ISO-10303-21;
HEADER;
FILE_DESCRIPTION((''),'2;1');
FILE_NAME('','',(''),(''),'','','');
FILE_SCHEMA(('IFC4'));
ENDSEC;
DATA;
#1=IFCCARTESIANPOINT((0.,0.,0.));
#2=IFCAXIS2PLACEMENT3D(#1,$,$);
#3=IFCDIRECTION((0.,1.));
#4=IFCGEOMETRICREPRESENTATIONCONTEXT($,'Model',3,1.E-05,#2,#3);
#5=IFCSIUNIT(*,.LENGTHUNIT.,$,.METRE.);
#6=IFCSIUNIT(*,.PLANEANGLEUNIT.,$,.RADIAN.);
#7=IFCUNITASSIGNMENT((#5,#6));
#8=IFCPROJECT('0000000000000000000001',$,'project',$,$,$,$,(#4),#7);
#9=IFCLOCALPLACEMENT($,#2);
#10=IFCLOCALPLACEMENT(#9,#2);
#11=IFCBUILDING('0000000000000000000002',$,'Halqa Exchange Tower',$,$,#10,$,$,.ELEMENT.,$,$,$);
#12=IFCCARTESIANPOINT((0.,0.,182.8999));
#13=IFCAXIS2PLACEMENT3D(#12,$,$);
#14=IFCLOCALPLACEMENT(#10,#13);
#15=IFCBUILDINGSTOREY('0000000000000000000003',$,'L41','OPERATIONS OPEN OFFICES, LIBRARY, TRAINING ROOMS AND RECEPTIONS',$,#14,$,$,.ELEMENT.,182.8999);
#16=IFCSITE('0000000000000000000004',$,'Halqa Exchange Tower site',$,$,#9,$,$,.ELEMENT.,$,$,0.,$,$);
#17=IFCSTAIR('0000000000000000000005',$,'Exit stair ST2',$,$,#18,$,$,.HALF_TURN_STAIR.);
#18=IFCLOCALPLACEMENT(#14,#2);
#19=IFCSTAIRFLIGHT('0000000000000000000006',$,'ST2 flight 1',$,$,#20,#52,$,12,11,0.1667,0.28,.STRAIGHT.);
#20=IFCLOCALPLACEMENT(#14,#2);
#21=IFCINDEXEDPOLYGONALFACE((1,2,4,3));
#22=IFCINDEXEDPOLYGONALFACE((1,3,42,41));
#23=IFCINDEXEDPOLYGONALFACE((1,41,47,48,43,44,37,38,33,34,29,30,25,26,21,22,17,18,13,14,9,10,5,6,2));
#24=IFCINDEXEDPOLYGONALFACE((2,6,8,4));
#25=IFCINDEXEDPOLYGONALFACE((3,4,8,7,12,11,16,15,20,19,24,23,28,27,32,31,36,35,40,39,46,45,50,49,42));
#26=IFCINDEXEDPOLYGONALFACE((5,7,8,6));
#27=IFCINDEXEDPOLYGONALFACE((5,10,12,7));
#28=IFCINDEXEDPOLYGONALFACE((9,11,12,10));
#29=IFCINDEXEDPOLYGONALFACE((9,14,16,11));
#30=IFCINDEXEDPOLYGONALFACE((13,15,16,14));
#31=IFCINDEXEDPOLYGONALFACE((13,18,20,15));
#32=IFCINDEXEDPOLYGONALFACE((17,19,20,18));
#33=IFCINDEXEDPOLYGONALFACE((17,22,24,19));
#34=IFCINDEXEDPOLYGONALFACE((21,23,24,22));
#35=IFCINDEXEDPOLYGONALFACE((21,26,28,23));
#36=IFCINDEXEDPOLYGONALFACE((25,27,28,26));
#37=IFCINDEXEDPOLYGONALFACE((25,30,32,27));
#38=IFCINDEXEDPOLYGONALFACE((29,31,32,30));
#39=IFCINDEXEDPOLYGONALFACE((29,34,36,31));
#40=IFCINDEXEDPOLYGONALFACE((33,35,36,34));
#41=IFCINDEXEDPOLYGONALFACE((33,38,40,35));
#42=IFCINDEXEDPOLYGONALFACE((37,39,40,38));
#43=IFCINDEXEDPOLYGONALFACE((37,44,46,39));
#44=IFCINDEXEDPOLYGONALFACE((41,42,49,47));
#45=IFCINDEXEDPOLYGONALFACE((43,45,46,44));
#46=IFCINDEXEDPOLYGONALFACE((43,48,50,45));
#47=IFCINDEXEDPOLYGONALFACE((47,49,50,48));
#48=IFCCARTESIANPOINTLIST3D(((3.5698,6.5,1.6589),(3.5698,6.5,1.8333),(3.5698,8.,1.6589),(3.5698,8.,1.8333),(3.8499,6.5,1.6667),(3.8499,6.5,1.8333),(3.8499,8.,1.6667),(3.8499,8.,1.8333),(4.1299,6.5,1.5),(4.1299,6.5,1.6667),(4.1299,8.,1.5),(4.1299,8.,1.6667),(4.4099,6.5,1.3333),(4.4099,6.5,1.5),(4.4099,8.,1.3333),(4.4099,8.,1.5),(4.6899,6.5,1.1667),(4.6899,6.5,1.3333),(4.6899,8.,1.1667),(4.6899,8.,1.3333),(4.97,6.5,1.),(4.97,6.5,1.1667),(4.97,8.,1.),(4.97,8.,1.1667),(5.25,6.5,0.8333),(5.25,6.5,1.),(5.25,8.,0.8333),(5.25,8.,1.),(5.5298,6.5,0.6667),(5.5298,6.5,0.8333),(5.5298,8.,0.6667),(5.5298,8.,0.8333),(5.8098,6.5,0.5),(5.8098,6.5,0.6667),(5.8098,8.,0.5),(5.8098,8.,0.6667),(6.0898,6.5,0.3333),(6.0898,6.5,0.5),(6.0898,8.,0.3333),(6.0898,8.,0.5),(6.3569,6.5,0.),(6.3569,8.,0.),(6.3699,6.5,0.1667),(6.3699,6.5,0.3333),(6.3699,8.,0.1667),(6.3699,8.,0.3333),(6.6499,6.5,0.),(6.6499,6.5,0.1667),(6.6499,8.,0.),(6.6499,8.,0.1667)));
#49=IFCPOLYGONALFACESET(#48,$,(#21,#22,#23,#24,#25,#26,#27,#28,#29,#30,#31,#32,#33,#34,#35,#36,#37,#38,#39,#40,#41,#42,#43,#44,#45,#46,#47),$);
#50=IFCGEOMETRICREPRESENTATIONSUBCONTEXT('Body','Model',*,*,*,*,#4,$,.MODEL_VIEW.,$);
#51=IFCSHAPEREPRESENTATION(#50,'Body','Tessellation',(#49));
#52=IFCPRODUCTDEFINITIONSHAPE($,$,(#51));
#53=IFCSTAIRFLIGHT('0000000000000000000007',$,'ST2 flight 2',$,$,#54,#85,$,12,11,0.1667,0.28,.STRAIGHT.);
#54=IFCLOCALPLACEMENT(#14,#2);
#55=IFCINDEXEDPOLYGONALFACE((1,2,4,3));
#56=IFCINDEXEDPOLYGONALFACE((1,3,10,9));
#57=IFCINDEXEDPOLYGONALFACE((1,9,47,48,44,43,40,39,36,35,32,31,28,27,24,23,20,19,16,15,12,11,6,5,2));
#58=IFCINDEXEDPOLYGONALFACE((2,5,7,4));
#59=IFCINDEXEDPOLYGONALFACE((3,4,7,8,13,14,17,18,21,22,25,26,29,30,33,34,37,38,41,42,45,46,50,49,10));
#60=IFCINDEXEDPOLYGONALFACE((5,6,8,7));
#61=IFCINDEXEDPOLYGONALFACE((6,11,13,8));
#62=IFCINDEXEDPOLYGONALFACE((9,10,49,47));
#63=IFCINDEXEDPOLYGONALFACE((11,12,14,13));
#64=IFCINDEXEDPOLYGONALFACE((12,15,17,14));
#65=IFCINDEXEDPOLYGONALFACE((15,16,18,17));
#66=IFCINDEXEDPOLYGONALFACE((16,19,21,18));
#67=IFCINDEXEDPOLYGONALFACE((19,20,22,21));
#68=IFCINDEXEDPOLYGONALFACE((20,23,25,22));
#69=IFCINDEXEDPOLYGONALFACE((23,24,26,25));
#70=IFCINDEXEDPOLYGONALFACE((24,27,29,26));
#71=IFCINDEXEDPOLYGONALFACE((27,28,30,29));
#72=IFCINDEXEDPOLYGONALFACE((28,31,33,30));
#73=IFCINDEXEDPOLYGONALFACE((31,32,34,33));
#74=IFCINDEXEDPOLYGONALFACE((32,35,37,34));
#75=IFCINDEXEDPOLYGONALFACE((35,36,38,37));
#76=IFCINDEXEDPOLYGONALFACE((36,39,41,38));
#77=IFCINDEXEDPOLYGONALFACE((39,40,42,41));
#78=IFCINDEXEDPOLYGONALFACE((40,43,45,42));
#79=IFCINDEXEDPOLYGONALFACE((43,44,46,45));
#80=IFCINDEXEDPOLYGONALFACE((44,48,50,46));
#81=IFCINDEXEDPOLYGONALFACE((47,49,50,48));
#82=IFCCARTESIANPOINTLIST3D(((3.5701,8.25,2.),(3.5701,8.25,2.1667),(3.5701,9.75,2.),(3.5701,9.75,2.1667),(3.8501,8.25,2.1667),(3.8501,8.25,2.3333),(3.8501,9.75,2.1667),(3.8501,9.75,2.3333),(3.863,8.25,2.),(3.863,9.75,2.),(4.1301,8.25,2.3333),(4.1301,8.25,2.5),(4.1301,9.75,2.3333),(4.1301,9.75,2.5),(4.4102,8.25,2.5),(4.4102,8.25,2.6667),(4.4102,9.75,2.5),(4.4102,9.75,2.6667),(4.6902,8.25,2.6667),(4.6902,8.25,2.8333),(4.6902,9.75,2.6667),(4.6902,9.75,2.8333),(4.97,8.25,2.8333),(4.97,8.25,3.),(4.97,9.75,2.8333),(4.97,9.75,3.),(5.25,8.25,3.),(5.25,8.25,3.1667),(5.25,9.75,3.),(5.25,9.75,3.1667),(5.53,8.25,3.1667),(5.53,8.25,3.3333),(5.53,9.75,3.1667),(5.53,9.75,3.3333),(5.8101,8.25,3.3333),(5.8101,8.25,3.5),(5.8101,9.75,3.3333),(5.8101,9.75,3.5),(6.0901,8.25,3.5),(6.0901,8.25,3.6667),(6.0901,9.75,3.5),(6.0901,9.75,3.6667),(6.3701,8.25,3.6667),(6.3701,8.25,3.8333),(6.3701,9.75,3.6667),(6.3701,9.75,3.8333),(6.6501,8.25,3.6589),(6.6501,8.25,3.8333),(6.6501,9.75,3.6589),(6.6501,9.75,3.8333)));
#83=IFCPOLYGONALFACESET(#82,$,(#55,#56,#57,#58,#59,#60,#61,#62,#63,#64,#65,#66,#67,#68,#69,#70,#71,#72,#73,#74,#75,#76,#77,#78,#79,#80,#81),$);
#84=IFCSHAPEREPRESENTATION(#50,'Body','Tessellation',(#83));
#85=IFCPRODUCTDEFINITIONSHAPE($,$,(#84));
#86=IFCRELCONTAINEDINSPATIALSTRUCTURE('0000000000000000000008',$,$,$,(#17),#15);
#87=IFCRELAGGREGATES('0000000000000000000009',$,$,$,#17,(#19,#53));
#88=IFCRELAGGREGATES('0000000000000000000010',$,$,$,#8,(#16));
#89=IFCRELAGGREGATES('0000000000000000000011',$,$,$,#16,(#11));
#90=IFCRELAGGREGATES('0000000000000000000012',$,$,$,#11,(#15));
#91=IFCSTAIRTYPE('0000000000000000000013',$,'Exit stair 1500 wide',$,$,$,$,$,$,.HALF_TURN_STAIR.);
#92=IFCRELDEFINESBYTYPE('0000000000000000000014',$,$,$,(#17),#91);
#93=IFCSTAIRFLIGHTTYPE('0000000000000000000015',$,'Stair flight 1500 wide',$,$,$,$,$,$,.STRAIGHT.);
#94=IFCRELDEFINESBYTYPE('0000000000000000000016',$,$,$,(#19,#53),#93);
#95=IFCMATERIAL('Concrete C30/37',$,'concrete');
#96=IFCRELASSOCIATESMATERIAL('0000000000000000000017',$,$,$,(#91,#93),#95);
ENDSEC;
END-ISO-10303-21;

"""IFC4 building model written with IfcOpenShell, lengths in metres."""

from ifc_helpers import new_model, si_unit, direction, frame, origin, place, context, subcontext, project, spatial, polyline, outline, extrude, material, type_object, element, aggregate, save


model = new_model("IFC4")

# Units and contexts
model_context = context("Model", 3, precision=1e-05, world=origin(), true_north=direction((0.0, 1.0)))
body_context = subcontext(model_context, "Body", "Model", "MODEL_VIEW")
ifc_project = project(units=[si_unit("LENGTHUNIT", "METRE"), si_unit("PLANEANGLEUNIT", "RADIAN")], contexts=[model_context])

# Site, building, storey
site_placement = place(None, origin())
site = spatial("IfcSite", under=ifc_project, at=site_placement, Name="Halqa Exchange Tower site", CompositionType="ELEMENT", RefElevation=0.0)
building_placement = place(site_placement, origin())
building = spatial("IfcBuilding", under=site, at=building_placement, Name="Halqa Exchange Tower", CompositionType="ELEMENT")
storey_placement = place(building_placement, frame((0.0, 0.0, 182.8999)))
storey = spatial("IfcBuildingStorey", under=building, at=storey_placement, Name="L41", Description="OPERATIONS OPEN OFFICES, LIBRARY, TRAINING ROOMS AND RECEPTIONS", CompositionType="ELEMENT", Elevation=182.8999)

# Stair
ifc_material_1 = material(Name="Concrete C30/37", Category="concrete")
stair_type = type_object("IfcStairType", Name="Exit stair 1500 wide", PredefinedType="HALF_TURN_STAIR", material=ifc_material_1)
stair_1_placement = place(storey_placement, origin())
stair_1 = element("IfcStair", 1, at=stair_1_placement, inside=storey, type_object=stair_type, Name="Exit stair ST2", PredefinedType="HALF_TURN_STAIR")

# Stair flights
stair_flight_type = type_object("IfcStairFlightType", Name="Stair flight 1500 wide", PredefinedType="STRAIGHT", material=ifc_material_1)
stair_flight_1_placement = place(storey_placement, frame((6.6499, 7.25, 0.0), z_axis=(0.0, 0.0, 1.0), x_axis=(-1.0, 0.0, 0.0)))
stair_flight_1 = element("IfcStairFlight", 2, at=stair_flight_1_placement, type_object=stair_flight_type, Name="ST2 flight 1", NumberOfRisers=12, NumberOfTreads=11, PredefinedType="STRAIGHT", RiserHeight=0.1667, TreadLength=0.28, context=body_context, shape_type="SweptSolid", body=[
    extrude(outline(polyline([(0.0, 0.0), (0.0, 0.1667), (0.28, 0.1667), (0.28, 0.3333), (0.5601, 0.3333), (0.5601, 0.5), (0.8401, 0.5), (0.8401, 0.6667), (1.1201, 0.6667), (1.1201, 0.8333), (1.3999, 0.8333), (1.3999, 1.0), (1.6799, 1.0), (1.6799, 1.1667), (1.96, 1.1667), (1.96, 1.3333), (2.24, 1.3333), (2.24, 1.5), (2.52, 1.5), (2.52, 1.6667), (2.8, 1.6667), (2.8, 1.8333), (3.0801, 1.8333), (3.0801, 2.0), (3.0801, 1.6589), (0.293, 0.0), (0.0, 0.0)])), frame((0.0, 0.75, 0.0), z_axis=(0.0, -1.0, 0.0), x_axis=(1.0, 0.0, 0.0)), (0.0, 0.0, 1.0), 1.5),
])
stair_flight_2_placement = place(storey_placement, frame((3.5701, 9.0, 2.0), z_axis=(0.0, 0.0, 1.0), x_axis=(1.0, 0.0, 0.0)))
stair_flight_2 = element("IfcStairFlight", 3, at=stair_flight_2_placement, type_object=stair_flight_type, Name="ST2 flight 2", NumberOfRisers=12, NumberOfTreads=11, PredefinedType="STRAIGHT", RiserHeight=0.1667, TreadLength=0.28, context=body_context, shape_type="SweptSolid", body=[
    extrude(outline(polyline([(0.0, 0.0), (0.0, 0.1667), (0.28, 0.1667), (0.28, 0.3333), (0.5601, 0.3333), (0.5601, 0.5), (0.8401, 0.5), (0.8401, 0.6667), (1.1201, 0.6667), (1.1201, 0.8333), (1.3999, 0.8333), (1.3999, 1.0), (1.6799, 1.0), (1.6799, 1.1667), (1.96, 1.1667), (1.96, 1.3333), (2.24, 1.3333), (2.24, 1.5), (2.52, 1.5), (2.52, 1.6667), (2.8, 1.6667), (2.8, 1.8333), (3.0801, 1.8333), (3.0801, 2.0), (3.0801, 1.6589), (0.293, 0.0), (0.0, 0.0)])), frame((0.0, 0.75, 0.0), z_axis=(0.0, -1.0, 0.0), x_axis=(1.0, 0.0, 0.0)), (0.0, 0.0, 1.0), 1.5),
])
aggregate(stair_1, [stair_flight_1, stair_flight_2])

save(model, "model.ifc")
